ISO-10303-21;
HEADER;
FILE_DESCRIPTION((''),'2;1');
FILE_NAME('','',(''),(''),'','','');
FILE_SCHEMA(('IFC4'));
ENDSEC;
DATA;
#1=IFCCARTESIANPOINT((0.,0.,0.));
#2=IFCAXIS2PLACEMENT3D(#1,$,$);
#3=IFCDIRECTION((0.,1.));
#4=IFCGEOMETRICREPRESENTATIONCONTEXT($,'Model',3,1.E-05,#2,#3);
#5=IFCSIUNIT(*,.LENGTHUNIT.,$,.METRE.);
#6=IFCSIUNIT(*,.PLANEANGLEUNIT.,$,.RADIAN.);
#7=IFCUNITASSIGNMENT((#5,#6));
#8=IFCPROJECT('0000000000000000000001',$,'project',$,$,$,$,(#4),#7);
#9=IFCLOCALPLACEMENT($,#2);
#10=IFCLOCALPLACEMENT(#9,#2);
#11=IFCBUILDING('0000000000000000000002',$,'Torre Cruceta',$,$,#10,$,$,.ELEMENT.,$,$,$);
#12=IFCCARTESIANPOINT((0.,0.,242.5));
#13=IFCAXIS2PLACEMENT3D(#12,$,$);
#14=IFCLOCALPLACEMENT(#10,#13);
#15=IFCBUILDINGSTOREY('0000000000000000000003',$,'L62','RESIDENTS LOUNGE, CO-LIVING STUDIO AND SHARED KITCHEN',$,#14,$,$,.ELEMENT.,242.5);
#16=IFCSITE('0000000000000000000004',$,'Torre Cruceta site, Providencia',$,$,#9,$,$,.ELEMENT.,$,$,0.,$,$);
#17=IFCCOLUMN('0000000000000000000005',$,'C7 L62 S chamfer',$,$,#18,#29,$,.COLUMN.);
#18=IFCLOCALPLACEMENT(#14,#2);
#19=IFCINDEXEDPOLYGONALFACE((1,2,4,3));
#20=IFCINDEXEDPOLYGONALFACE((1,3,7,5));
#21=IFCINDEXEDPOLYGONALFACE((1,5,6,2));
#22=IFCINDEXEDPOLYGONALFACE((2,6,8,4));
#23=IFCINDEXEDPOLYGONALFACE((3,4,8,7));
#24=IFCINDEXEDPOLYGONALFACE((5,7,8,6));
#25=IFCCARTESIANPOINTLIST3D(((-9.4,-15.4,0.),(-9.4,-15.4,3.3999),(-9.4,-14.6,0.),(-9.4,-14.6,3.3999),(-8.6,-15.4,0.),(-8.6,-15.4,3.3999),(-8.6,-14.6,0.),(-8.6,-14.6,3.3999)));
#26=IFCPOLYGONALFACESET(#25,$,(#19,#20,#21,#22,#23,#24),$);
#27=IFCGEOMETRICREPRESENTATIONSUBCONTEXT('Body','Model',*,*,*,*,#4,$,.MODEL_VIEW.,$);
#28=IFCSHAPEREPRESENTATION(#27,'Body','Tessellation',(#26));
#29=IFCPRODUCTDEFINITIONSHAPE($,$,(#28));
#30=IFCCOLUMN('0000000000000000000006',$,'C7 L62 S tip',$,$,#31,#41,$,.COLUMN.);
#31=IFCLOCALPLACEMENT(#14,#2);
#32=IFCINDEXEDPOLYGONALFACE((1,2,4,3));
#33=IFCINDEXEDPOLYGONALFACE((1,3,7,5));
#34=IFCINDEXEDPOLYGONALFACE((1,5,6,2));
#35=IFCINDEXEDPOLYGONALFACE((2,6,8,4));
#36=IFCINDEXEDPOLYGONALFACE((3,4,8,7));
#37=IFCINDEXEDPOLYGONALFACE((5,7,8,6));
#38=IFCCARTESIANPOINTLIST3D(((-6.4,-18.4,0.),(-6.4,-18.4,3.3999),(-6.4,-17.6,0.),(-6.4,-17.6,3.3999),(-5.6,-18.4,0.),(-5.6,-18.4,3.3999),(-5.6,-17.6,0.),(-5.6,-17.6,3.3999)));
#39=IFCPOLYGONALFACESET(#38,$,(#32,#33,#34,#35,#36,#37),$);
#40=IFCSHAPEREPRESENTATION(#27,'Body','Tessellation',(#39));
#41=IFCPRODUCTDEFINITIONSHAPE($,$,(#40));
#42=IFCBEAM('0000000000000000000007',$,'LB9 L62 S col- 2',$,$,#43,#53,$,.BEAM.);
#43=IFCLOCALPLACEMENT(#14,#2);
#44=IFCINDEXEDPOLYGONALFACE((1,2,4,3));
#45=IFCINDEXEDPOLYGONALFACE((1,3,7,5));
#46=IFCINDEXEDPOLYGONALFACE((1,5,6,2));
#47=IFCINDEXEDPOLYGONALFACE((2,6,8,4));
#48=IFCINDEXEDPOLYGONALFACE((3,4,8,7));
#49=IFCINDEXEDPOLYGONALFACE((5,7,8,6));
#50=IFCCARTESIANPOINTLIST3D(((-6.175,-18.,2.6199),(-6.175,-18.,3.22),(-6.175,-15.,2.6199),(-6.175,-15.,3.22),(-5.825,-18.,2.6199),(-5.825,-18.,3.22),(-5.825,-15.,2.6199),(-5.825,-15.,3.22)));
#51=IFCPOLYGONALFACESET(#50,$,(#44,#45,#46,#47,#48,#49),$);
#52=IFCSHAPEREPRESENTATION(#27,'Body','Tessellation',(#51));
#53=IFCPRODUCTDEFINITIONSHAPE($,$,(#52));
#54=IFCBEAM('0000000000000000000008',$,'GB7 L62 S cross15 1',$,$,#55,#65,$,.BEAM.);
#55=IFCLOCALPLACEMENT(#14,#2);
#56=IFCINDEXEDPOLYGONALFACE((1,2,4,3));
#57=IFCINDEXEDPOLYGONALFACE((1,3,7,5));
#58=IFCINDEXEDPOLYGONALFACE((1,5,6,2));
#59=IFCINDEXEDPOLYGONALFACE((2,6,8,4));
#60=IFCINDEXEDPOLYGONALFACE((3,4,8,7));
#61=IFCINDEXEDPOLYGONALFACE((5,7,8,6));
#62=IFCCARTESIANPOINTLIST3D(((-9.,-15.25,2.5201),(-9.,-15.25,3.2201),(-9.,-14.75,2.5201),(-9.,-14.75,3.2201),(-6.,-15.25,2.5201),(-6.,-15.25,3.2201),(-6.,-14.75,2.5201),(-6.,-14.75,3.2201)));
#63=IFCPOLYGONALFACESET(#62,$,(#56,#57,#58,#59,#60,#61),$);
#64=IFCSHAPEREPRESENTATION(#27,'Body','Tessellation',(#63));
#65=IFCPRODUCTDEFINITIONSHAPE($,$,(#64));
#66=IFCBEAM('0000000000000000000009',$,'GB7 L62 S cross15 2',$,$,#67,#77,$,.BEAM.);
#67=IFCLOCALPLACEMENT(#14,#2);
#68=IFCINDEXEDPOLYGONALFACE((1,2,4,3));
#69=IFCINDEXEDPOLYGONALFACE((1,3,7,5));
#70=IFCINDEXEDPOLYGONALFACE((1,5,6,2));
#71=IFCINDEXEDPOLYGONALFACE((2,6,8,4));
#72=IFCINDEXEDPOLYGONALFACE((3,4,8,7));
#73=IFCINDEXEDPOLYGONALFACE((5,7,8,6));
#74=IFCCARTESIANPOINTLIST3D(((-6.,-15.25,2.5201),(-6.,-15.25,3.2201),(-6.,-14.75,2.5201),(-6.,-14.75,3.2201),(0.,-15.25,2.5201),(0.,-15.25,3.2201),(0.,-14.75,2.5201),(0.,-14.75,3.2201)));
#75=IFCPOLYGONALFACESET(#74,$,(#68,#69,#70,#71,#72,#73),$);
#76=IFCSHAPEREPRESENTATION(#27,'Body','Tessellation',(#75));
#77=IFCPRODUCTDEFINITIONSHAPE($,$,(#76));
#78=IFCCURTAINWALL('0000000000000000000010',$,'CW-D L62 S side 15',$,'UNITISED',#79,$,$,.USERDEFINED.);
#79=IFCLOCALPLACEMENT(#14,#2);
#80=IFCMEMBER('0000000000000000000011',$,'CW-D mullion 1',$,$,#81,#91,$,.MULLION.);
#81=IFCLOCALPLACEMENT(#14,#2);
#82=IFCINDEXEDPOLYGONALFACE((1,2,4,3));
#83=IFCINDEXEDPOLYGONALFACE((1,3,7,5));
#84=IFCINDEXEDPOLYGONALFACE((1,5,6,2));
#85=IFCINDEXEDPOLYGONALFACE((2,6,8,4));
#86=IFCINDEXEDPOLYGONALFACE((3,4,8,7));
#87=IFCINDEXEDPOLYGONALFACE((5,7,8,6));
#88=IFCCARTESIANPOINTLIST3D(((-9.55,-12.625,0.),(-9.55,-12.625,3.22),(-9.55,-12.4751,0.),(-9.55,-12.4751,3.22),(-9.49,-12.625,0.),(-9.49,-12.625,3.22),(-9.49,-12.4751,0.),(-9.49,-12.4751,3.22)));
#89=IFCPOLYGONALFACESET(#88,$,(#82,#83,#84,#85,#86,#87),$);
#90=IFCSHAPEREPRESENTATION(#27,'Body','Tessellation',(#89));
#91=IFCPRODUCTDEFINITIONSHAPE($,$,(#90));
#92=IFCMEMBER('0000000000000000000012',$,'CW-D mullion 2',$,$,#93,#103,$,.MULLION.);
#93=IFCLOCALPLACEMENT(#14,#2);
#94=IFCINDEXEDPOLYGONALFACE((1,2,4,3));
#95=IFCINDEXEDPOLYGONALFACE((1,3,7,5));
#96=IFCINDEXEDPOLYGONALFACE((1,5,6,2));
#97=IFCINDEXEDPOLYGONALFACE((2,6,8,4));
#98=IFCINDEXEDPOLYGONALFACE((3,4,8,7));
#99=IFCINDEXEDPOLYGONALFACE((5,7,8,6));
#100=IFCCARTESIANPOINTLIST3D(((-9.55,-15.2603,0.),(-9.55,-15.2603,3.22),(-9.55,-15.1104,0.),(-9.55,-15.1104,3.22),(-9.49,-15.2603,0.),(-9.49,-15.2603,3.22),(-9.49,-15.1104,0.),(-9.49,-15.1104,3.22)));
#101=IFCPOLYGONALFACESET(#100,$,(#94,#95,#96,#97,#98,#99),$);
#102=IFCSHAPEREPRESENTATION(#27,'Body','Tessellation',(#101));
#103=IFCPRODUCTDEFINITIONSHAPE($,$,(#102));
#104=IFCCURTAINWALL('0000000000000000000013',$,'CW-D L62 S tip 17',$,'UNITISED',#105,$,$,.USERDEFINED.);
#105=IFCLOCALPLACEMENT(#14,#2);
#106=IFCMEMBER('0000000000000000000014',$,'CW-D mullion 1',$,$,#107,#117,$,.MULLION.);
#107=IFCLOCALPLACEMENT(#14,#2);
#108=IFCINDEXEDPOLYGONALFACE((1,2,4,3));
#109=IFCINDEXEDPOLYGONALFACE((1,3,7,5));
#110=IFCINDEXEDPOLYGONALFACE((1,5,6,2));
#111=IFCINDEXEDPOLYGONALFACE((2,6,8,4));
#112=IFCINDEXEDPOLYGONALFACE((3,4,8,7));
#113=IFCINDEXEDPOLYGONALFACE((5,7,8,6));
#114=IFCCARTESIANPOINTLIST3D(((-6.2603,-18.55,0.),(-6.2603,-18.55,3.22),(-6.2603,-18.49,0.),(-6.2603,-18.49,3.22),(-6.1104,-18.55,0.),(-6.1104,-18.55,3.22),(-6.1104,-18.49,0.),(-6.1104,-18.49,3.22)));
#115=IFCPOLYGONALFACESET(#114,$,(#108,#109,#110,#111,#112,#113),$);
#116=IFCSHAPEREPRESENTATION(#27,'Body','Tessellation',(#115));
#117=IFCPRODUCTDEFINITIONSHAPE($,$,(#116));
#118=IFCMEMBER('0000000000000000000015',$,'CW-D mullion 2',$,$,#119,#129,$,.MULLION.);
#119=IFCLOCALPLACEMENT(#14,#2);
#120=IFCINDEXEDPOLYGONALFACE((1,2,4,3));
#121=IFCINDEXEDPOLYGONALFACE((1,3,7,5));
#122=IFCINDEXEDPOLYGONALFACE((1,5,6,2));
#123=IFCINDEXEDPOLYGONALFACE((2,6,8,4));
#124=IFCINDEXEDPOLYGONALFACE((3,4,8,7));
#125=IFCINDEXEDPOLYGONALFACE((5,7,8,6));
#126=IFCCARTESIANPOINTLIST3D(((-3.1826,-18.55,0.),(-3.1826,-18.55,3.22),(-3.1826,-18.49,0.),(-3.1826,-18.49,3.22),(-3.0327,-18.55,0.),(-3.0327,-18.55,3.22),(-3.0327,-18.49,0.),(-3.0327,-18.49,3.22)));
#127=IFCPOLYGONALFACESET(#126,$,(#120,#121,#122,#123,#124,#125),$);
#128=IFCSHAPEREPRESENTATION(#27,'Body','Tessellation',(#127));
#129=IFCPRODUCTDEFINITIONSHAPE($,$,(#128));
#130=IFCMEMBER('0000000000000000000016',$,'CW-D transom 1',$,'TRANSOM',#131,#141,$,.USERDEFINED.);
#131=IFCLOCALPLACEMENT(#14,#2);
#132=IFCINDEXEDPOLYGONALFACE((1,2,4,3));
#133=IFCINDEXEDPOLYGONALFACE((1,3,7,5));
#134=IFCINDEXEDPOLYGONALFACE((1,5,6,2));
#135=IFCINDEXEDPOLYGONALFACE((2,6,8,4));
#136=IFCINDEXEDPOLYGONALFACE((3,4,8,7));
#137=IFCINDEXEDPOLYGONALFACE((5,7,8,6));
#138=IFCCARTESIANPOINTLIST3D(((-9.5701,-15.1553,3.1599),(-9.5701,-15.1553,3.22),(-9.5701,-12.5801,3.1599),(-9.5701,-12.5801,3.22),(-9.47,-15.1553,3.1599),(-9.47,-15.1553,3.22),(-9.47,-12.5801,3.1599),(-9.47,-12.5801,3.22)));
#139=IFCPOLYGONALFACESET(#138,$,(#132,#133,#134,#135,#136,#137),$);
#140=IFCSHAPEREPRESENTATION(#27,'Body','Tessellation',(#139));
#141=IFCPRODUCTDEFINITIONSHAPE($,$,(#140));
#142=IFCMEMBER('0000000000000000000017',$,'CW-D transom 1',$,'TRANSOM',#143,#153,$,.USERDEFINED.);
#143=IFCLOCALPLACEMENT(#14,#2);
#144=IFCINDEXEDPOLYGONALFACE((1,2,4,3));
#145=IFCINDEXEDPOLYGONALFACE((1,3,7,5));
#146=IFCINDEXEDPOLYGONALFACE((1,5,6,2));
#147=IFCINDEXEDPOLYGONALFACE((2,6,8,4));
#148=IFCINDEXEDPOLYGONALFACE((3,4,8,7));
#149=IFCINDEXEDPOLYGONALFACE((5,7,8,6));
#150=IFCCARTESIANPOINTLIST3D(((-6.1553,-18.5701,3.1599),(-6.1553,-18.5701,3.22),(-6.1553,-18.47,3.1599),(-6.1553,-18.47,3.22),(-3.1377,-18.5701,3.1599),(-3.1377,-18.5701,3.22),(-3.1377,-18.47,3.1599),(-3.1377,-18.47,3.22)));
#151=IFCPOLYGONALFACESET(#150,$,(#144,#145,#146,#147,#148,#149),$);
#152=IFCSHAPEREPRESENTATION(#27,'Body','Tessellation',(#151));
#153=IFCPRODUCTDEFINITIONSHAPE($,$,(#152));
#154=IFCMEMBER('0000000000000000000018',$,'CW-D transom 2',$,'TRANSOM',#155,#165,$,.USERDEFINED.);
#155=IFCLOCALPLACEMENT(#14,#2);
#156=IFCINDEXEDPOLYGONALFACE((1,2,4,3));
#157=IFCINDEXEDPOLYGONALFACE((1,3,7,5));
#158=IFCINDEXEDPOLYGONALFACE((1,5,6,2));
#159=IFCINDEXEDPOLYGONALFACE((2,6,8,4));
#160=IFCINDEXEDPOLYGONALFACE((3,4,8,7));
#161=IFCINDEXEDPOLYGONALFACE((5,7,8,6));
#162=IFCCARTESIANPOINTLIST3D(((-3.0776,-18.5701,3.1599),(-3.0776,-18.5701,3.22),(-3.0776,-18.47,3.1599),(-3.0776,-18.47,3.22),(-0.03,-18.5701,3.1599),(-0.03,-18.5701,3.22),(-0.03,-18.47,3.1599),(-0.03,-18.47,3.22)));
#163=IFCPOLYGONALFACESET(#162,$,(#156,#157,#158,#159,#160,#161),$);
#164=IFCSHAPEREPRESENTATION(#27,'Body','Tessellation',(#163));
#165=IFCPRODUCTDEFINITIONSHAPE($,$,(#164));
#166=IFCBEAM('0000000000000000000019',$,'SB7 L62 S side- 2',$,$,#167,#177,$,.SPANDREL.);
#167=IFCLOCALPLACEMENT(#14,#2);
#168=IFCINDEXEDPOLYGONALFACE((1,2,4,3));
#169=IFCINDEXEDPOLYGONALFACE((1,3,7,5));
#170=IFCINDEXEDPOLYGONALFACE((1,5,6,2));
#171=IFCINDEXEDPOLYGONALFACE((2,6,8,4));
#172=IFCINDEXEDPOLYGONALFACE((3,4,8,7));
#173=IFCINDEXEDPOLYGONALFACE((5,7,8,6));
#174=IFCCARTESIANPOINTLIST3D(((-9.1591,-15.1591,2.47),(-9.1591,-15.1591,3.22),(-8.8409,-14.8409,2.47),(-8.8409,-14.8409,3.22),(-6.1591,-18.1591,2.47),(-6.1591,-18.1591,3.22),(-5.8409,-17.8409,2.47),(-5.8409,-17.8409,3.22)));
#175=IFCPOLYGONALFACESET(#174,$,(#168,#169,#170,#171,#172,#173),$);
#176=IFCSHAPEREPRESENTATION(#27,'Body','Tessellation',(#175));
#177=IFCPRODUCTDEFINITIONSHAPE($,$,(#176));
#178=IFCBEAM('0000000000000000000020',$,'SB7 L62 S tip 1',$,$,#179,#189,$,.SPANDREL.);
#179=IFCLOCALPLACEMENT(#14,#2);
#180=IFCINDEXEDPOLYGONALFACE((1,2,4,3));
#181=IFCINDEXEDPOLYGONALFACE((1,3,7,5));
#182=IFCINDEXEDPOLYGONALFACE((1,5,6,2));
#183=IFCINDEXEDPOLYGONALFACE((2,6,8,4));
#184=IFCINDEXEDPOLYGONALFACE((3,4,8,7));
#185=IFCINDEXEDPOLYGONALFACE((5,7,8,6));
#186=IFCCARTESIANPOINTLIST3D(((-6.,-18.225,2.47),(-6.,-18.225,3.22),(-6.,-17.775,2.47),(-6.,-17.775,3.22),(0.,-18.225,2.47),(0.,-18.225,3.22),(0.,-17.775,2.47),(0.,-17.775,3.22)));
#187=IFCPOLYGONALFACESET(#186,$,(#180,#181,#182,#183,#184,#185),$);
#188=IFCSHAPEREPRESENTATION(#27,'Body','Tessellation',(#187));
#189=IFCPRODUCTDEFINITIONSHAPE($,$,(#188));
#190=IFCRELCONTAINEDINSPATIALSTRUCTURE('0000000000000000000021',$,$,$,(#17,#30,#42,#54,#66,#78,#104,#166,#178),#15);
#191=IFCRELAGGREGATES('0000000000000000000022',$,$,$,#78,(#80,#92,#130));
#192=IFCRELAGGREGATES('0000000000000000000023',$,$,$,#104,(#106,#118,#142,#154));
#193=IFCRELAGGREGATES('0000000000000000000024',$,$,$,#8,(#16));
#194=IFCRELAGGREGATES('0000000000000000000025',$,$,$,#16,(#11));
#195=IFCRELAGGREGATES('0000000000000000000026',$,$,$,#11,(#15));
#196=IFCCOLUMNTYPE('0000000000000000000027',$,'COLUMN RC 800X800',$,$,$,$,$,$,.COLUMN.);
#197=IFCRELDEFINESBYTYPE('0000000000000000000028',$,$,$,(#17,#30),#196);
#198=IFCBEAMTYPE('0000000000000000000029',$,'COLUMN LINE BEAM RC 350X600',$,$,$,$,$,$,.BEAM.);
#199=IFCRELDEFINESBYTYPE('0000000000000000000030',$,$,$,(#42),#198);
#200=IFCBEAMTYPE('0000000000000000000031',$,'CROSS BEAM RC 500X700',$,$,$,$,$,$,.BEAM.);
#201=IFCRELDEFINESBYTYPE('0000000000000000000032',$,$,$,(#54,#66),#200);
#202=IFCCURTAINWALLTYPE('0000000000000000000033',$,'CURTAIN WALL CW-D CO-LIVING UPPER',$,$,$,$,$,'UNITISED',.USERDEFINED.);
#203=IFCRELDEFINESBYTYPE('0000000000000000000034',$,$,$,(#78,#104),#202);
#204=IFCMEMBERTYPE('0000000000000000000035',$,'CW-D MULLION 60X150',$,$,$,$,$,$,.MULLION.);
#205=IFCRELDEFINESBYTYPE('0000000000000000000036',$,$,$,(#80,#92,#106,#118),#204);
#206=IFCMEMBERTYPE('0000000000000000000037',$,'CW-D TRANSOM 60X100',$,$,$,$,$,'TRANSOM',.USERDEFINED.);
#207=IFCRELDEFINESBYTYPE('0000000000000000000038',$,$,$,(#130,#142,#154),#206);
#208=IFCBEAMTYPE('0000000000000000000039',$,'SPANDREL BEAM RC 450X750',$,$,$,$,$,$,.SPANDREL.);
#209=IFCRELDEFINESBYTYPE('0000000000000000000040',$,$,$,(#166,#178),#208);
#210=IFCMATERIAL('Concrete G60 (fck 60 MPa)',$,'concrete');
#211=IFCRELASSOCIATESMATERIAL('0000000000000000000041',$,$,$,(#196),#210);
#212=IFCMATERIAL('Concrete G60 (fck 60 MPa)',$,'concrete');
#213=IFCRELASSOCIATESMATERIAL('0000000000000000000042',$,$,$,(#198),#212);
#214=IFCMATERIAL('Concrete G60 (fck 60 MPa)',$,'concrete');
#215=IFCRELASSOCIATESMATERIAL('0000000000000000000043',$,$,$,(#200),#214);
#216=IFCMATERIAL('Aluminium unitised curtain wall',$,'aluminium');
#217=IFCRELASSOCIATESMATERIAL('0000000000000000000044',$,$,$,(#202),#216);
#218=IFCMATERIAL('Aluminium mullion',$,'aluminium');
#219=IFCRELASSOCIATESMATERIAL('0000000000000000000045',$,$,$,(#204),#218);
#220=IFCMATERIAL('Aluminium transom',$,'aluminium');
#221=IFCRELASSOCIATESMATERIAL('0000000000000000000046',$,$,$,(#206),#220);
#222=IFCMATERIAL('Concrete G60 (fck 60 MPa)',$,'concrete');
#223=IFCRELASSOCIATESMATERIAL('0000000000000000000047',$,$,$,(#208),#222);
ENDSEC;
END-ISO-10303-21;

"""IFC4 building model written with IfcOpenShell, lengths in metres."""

from ifc_helpers import new_model, si_unit, direction, frame, origin, origin_2d, place, context, subcontext, project, spatial, rectangle, extrude, material, material_profile, profile_set, type_object, element, aggregate, save


model = new_model("IFC4")

# Units and contexts
model_context = context("Model", 3, precision=1e-05, world=origin(), true_north=direction((0.0, 1.0)))
body_context = subcontext(model_context, "Body", "Model", "MODEL_VIEW")
ifc_project = project(units=[si_unit("LENGTHUNIT", "METRE"), si_unit("PLANEANGLEUNIT", "RADIAN")], contexts=[model_context])

# Site, building, storey
site_placement = place(None, origin())
site = spatial("IfcSite", under=ifc_project, at=site_placement, Name="Torre Cruceta site, Providencia", CompositionType="ELEMENT", RefElevation=0.0)
building_placement = place(site_placement, origin())
building = spatial("IfcBuilding", under=site, at=building_placement, Name="Torre Cruceta", CompositionType="ELEMENT")
storey_placement = place(building_placement, frame((0.0, 0.0, 242.5)))
storey = spatial("IfcBuildingStorey", under=building, at=storey_placement, Name="L62", Description="RESIDENTS LOUNGE, CO-LIVING STUDIO AND SHARED KITCHEN", CompositionType="ELEMENT", Elevation=242.5)

# Columns
ifc_material_1 = material(Name="Concrete G60 (fck 60 MPa)", Category="concrete")
ifc_material_profile_1 = material_profile(ifc_material_1, rectangle(XDim=0.8, YDim=0.8, at=origin_2d()), Name="RC 800X800")
ifc_profile_set_1 = profile_set([ifc_material_profile_1], Name="Concrete G60 (fck 60 MPa)")
column_type = type_object("IfcColumnType", Name="COLUMN RC 800X800", PredefinedType="COLUMN", material=ifc_profile_set_1)
for number, where, z_axis, x_axis, name in (
    (1, (-9.0, -15.0, 0.0), (0.0, 0.0, 1.0), (1.0, 0.0, 0.0), "C7 L62 S chamfer"),
    (2, (-6.0, -18.0, 0.0), (0.0, 0.0, 1.0), (1.0, 0.0, 0.0), "C7 L62 S tip"),
):
    element("IfcColumn", number, at=place(storey_placement, frame(where, z_axis=z_axis, x_axis=x_axis)), inside=storey, type_object=column_type, Name=name, PredefinedType="COLUMN", context=body_context, shape_type="SweptSolid", body=[
        extrude(rectangle(XDim=0.8, YDim=0.8, at=origin_2d()), origin(), (0.0, 0.0, 1.0), 3.3999),
    ])

# Beams
ifc_material_2 = material(Name="Concrete G60 (fck 60 MPa)", Category="concrete")
ifc_material_profile_2 = material_profile(ifc_material_2, rectangle(XDim=0.3501, YDim=0.6001, at=origin_2d()), Name="RC 350X600")
ifc_profile_set_2 = profile_set([ifc_material_profile_2], Name="Concrete G60 (fck 60 MPa)")
beam_type_1 = type_object("IfcBeamType", Name="COLUMN LINE BEAM RC 350X600", PredefinedType="BEAM", material=ifc_profile_set_2)
beam_1_placement = place(storey_placement, frame((-6.0, -15.0, 2.9199), z_axis=(0.0, -1.0, 0.0), x_axis=(1.0, 0.0, 0.0)))
element("IfcBeam", 3, at=beam_1_placement, inside=storey, type_object=beam_type_1, Name="LB9 L62 S col- 2", PredefinedType="BEAM", context=body_context, shape_type="SweptSolid", body=[
    extrude(rectangle(XDim=0.3501, YDim=0.6001, at=origin_2d()), origin(), (0.0, 0.0, 1.0), 3.0),
])
ifc_material_3 = material(Name="Concrete G60 (fck 60 MPa)", Category="concrete")
ifc_material_profile_3 = material_profile(ifc_material_3, rectangle(XDim=0.5, YDim=0.7, at=origin_2d()), Name="RC 500X700")
ifc_profile_set_3 = profile_set([ifc_material_profile_3], Name="Concrete G60 (fck 60 MPa)")
beam_type_2 = type_object("IfcBeamType", Name="CROSS BEAM RC 500X700", PredefinedType="BEAM", material=ifc_profile_set_3)
beam_2_placement = place(storey_placement, frame((-9.0, -15.0, 2.8701), z_axis=(1.0, 0.0, 0.0), x_axis=(0.0, 1.0, 0.0)))
element("IfcBeam", 4, at=beam_2_placement, inside=storey, type_object=beam_type_2, Name="GB7 L62 S cross15 1", PredefinedType="BEAM", context=body_context, shape_type="SweptSolid", body=[
    extrude(rectangle(XDim=0.5, YDim=0.7, at=origin_2d()), origin(), (0.0, 0.0, 1.0), 3.0),
])
beam_3_placement = place(storey_placement, frame((-6.0, -15.0, 2.8701), z_axis=(1.0, 0.0, 0.0), x_axis=(0.0, 1.0, 0.0)))
element("IfcBeam", 5, at=beam_3_placement, inside=storey, type_object=beam_type_2, Name="GB7 L62 S cross15 2", PredefinedType="BEAM", context=body_context, shape_type="SweptSolid", body=[
    extrude(rectangle(XDim=0.5, YDim=0.7, at=origin_2d()), origin(), (0.0, 0.0, 1.0), 6.0),
])

# Curtain walls, members
ifc_material_4 = material(Name="Aluminium unitised curtain wall", Category="aluminium")
curtain_wall_type = type_object("IfcCurtainWallType", Name="CURTAIN WALL CW-D CO-LIVING UPPER", ElementType="UNITISED", PredefinedType="USERDEFINED", material=ifc_material_4)
curtain_wall_1_placement = place(storey_placement, origin())
curtain_wall_1 = element("IfcCurtainWall", 6, at=curtain_wall_1_placement, inside=storey, type_object=curtain_wall_type, Name="CW-D L62 S side 15", ObjectType="UNITISED", PredefinedType="USERDEFINED")
ifc_material_5 = material(Name="Aluminium mullion", Category="aluminium")
ifc_material_profile_4 = material_profile(ifc_material_5, rectangle(XDim=0.0601, YDim=0.1499, at=origin_2d()), Name="AL 60X150")
ifc_profile_set_4 = profile_set([ifc_material_profile_4], Name="Aluminium mullion")
member_type_1 = type_object("IfcMemberType", Name="CW-D MULLION 60X150", PredefinedType="MULLION", material=ifc_profile_set_4)
member_1_placement = place(storey_placement, frame((-9.52, -12.55, 0.0), z_axis=(0.0, 0.0, 1.0), x_axis=(1.0, 0.0, 0.0)))
member_1 = element("IfcMember", 7, at=member_1_placement, type_object=member_type_1, Name="CW-D mullion 1", PredefinedType="MULLION", context=body_context, shape_type="SweptSolid", body=[
    extrude(rectangle(XDim=0.0601, YDim=0.1499, at=origin_2d()), origin(), (0.0, 0.0, 1.0), 3.22),
])
member_2_placement = place(storey_placement, frame((-9.52, -15.1853, 0.0), z_axis=(0.0, 0.0, 1.0), x_axis=(1.0, 0.0, 0.0)))
member_2 = element("IfcMember", 8, at=member_2_placement, type_object=member_type_1, Name="CW-D mullion 2", PredefinedType="MULLION", context=body_context, shape_type="SweptSolid", body=[
    extrude(rectangle(XDim=0.0601, YDim=0.1499, at=origin_2d()), origin(), (0.0, 0.0, 1.0), 3.22),
])
curtain_wall_2_placement = place(storey_placement, origin())
curtain_wall_2 = element("IfcCurtainWall", 9, at=curtain_wall_2_placement, inside=storey, type_object=curtain_wall_type, Name="CW-D L62 S tip 17", ObjectType="UNITISED", PredefinedType="USERDEFINED")
member_3_placement = place(storey_placement, frame((-6.1853, -18.52, 0.0), z_axis=(0.0, 0.0, 1.0), x_axis=(0.0, 1.0, 0.0)))
member_3 = element("IfcMember", 10, at=member_3_placement, type_object=member_type_1, Name="CW-D mullion 1", PredefinedType="MULLION", context=body_context, shape_type="SweptSolid", body=[
    extrude(rectangle(XDim=0.0601, YDim=0.1499, at=origin_2d()), origin(), (0.0, 0.0, 1.0), 3.22),
])
member_4_placement = place(storey_placement, frame((-3.1077, -18.52, 0.0), z_axis=(0.0, 0.0, 1.0), x_axis=(0.0, 1.0, 0.0)))
member_4 = element("IfcMember", 11, at=member_4_placement, type_object=member_type_1, Name="CW-D mullion 2", PredefinedType="MULLION", context=body_context, shape_type="SweptSolid", body=[
    extrude(rectangle(XDim=0.0601, YDim=0.1499, at=origin_2d()), origin(), (0.0, 0.0, 1.0), 3.22),
])

# Members
ifc_material_6 = material(Name="Aluminium transom", Category="aluminium")
ifc_material_profile_5 = material_profile(ifc_material_6, rectangle(XDim=0.1001, YDim=0.0601, at=origin_2d()), Name="AL 100X60")
ifc_profile_set_5 = profile_set([ifc_material_profile_5], Name="Aluminium transom")
member_type_2 = type_object("IfcMemberType", Name="CW-D TRANSOM 60X100", ElementType="TRANSOM", PredefinedType="USERDEFINED", material=ifc_profile_set_5)
member_5_placement = place(storey_placement, frame((-9.52, -12.5801, 3.1899), z_axis=(0.0, -1.0, 0.0), x_axis=(1.0, 0.0, 0.0)))
member_5 = element("IfcMember", 12, at=member_5_placement, type_object=member_type_2, Name="CW-D transom 1", ObjectType="TRANSOM", PredefinedType="USERDEFINED", context=body_context, shape_type="SweptSolid", body=[
    extrude(rectangle(XDim=0.1001, YDim=0.0601, at=origin_2d()), origin(), (0.0, 0.0, 1.0), 2.5752),
])
member_6_placement = place(storey_placement, frame((-6.1553, -18.52, 3.1899), z_axis=(1.0, 0.0, 0.0), x_axis=(0.0, 1.0, 0.0)))
member_6 = element("IfcMember", 13, at=member_6_placement, type_object=member_type_2, Name="CW-D transom 1", ObjectType="TRANSOM", PredefinedType="USERDEFINED", context=body_context, shape_type="SweptSolid", body=[
    extrude(rectangle(XDim=0.1001, YDim=0.0601, at=origin_2d()), origin(), (0.0, 0.0, 1.0), 3.0176),
])
member_7_placement = place(storey_placement, frame((-3.0776, -18.52, 3.1899), z_axis=(1.0, 0.0, 0.0), x_axis=(0.0, 1.0, 0.0)))
member_7 = element("IfcMember", 14, at=member_7_placement, type_object=member_type_2, Name="CW-D transom 2", ObjectType="TRANSOM", PredefinedType="USERDEFINED", context=body_context, shape_type="SweptSolid", body=[
    extrude(rectangle(XDim=0.1001, YDim=0.0601, at=origin_2d()), origin(), (0.0, 0.0, 1.0), 3.0476),
])

# Beams
ifc_material_7 = material(Name="Concrete G60 (fck 60 MPa)", Category="concrete")
ifc_material_profile_6 = material_profile(ifc_material_7, rectangle(XDim=0.45, YDim=0.75, at=origin_2d()), Name="RC 450X750")
ifc_profile_set_6 = profile_set([ifc_material_profile_6], Name="Concrete G60 (fck 60 MPa)")
beam_type_3 = type_object("IfcBeamType", Name="SPANDREL BEAM RC 450X750", PredefinedType="SPANDREL", material=ifc_profile_set_6)
beam_4_placement = place(storey_placement, frame((-9.0, -15.0, 2.845), z_axis=(0.707107, -0.707107, 0.0), x_axis=(0.707107, 0.707107, 0.0)))
element("IfcBeam", 15, at=beam_4_placement, inside=storey, type_object=beam_type_3, Name="SB7 L62 S side- 2", PredefinedType="SPANDREL", context=body_context, shape_type="SweptSolid", body=[
    extrude(rectangle(XDim=0.45, YDim=0.75, at=origin_2d()), origin(), (0.0, 0.0, 1.0), 4.2427),
])
beam_5_placement = place(storey_placement, frame((-6.0, -18.0, 2.845), z_axis=(1.0, 0.0, 0.0), x_axis=(0.0, 1.0, 0.0)))
element("IfcBeam", 16, at=beam_5_placement, inside=storey, type_object=beam_type_3, Name="SB7 L62 S tip 1", PredefinedType="SPANDREL", context=body_context, shape_type="SweptSolid", body=[
    extrude(rectangle(XDim=0.45, YDim=0.75, at=origin_2d()), origin(), (0.0, 0.0, 1.0), 6.0),
])

aggregate(curtain_wall_1, [member_1, member_2, member_5])
aggregate(curtain_wall_2, [member_3, member_4, member_6, member_7])

save(model, "model.ifc")
